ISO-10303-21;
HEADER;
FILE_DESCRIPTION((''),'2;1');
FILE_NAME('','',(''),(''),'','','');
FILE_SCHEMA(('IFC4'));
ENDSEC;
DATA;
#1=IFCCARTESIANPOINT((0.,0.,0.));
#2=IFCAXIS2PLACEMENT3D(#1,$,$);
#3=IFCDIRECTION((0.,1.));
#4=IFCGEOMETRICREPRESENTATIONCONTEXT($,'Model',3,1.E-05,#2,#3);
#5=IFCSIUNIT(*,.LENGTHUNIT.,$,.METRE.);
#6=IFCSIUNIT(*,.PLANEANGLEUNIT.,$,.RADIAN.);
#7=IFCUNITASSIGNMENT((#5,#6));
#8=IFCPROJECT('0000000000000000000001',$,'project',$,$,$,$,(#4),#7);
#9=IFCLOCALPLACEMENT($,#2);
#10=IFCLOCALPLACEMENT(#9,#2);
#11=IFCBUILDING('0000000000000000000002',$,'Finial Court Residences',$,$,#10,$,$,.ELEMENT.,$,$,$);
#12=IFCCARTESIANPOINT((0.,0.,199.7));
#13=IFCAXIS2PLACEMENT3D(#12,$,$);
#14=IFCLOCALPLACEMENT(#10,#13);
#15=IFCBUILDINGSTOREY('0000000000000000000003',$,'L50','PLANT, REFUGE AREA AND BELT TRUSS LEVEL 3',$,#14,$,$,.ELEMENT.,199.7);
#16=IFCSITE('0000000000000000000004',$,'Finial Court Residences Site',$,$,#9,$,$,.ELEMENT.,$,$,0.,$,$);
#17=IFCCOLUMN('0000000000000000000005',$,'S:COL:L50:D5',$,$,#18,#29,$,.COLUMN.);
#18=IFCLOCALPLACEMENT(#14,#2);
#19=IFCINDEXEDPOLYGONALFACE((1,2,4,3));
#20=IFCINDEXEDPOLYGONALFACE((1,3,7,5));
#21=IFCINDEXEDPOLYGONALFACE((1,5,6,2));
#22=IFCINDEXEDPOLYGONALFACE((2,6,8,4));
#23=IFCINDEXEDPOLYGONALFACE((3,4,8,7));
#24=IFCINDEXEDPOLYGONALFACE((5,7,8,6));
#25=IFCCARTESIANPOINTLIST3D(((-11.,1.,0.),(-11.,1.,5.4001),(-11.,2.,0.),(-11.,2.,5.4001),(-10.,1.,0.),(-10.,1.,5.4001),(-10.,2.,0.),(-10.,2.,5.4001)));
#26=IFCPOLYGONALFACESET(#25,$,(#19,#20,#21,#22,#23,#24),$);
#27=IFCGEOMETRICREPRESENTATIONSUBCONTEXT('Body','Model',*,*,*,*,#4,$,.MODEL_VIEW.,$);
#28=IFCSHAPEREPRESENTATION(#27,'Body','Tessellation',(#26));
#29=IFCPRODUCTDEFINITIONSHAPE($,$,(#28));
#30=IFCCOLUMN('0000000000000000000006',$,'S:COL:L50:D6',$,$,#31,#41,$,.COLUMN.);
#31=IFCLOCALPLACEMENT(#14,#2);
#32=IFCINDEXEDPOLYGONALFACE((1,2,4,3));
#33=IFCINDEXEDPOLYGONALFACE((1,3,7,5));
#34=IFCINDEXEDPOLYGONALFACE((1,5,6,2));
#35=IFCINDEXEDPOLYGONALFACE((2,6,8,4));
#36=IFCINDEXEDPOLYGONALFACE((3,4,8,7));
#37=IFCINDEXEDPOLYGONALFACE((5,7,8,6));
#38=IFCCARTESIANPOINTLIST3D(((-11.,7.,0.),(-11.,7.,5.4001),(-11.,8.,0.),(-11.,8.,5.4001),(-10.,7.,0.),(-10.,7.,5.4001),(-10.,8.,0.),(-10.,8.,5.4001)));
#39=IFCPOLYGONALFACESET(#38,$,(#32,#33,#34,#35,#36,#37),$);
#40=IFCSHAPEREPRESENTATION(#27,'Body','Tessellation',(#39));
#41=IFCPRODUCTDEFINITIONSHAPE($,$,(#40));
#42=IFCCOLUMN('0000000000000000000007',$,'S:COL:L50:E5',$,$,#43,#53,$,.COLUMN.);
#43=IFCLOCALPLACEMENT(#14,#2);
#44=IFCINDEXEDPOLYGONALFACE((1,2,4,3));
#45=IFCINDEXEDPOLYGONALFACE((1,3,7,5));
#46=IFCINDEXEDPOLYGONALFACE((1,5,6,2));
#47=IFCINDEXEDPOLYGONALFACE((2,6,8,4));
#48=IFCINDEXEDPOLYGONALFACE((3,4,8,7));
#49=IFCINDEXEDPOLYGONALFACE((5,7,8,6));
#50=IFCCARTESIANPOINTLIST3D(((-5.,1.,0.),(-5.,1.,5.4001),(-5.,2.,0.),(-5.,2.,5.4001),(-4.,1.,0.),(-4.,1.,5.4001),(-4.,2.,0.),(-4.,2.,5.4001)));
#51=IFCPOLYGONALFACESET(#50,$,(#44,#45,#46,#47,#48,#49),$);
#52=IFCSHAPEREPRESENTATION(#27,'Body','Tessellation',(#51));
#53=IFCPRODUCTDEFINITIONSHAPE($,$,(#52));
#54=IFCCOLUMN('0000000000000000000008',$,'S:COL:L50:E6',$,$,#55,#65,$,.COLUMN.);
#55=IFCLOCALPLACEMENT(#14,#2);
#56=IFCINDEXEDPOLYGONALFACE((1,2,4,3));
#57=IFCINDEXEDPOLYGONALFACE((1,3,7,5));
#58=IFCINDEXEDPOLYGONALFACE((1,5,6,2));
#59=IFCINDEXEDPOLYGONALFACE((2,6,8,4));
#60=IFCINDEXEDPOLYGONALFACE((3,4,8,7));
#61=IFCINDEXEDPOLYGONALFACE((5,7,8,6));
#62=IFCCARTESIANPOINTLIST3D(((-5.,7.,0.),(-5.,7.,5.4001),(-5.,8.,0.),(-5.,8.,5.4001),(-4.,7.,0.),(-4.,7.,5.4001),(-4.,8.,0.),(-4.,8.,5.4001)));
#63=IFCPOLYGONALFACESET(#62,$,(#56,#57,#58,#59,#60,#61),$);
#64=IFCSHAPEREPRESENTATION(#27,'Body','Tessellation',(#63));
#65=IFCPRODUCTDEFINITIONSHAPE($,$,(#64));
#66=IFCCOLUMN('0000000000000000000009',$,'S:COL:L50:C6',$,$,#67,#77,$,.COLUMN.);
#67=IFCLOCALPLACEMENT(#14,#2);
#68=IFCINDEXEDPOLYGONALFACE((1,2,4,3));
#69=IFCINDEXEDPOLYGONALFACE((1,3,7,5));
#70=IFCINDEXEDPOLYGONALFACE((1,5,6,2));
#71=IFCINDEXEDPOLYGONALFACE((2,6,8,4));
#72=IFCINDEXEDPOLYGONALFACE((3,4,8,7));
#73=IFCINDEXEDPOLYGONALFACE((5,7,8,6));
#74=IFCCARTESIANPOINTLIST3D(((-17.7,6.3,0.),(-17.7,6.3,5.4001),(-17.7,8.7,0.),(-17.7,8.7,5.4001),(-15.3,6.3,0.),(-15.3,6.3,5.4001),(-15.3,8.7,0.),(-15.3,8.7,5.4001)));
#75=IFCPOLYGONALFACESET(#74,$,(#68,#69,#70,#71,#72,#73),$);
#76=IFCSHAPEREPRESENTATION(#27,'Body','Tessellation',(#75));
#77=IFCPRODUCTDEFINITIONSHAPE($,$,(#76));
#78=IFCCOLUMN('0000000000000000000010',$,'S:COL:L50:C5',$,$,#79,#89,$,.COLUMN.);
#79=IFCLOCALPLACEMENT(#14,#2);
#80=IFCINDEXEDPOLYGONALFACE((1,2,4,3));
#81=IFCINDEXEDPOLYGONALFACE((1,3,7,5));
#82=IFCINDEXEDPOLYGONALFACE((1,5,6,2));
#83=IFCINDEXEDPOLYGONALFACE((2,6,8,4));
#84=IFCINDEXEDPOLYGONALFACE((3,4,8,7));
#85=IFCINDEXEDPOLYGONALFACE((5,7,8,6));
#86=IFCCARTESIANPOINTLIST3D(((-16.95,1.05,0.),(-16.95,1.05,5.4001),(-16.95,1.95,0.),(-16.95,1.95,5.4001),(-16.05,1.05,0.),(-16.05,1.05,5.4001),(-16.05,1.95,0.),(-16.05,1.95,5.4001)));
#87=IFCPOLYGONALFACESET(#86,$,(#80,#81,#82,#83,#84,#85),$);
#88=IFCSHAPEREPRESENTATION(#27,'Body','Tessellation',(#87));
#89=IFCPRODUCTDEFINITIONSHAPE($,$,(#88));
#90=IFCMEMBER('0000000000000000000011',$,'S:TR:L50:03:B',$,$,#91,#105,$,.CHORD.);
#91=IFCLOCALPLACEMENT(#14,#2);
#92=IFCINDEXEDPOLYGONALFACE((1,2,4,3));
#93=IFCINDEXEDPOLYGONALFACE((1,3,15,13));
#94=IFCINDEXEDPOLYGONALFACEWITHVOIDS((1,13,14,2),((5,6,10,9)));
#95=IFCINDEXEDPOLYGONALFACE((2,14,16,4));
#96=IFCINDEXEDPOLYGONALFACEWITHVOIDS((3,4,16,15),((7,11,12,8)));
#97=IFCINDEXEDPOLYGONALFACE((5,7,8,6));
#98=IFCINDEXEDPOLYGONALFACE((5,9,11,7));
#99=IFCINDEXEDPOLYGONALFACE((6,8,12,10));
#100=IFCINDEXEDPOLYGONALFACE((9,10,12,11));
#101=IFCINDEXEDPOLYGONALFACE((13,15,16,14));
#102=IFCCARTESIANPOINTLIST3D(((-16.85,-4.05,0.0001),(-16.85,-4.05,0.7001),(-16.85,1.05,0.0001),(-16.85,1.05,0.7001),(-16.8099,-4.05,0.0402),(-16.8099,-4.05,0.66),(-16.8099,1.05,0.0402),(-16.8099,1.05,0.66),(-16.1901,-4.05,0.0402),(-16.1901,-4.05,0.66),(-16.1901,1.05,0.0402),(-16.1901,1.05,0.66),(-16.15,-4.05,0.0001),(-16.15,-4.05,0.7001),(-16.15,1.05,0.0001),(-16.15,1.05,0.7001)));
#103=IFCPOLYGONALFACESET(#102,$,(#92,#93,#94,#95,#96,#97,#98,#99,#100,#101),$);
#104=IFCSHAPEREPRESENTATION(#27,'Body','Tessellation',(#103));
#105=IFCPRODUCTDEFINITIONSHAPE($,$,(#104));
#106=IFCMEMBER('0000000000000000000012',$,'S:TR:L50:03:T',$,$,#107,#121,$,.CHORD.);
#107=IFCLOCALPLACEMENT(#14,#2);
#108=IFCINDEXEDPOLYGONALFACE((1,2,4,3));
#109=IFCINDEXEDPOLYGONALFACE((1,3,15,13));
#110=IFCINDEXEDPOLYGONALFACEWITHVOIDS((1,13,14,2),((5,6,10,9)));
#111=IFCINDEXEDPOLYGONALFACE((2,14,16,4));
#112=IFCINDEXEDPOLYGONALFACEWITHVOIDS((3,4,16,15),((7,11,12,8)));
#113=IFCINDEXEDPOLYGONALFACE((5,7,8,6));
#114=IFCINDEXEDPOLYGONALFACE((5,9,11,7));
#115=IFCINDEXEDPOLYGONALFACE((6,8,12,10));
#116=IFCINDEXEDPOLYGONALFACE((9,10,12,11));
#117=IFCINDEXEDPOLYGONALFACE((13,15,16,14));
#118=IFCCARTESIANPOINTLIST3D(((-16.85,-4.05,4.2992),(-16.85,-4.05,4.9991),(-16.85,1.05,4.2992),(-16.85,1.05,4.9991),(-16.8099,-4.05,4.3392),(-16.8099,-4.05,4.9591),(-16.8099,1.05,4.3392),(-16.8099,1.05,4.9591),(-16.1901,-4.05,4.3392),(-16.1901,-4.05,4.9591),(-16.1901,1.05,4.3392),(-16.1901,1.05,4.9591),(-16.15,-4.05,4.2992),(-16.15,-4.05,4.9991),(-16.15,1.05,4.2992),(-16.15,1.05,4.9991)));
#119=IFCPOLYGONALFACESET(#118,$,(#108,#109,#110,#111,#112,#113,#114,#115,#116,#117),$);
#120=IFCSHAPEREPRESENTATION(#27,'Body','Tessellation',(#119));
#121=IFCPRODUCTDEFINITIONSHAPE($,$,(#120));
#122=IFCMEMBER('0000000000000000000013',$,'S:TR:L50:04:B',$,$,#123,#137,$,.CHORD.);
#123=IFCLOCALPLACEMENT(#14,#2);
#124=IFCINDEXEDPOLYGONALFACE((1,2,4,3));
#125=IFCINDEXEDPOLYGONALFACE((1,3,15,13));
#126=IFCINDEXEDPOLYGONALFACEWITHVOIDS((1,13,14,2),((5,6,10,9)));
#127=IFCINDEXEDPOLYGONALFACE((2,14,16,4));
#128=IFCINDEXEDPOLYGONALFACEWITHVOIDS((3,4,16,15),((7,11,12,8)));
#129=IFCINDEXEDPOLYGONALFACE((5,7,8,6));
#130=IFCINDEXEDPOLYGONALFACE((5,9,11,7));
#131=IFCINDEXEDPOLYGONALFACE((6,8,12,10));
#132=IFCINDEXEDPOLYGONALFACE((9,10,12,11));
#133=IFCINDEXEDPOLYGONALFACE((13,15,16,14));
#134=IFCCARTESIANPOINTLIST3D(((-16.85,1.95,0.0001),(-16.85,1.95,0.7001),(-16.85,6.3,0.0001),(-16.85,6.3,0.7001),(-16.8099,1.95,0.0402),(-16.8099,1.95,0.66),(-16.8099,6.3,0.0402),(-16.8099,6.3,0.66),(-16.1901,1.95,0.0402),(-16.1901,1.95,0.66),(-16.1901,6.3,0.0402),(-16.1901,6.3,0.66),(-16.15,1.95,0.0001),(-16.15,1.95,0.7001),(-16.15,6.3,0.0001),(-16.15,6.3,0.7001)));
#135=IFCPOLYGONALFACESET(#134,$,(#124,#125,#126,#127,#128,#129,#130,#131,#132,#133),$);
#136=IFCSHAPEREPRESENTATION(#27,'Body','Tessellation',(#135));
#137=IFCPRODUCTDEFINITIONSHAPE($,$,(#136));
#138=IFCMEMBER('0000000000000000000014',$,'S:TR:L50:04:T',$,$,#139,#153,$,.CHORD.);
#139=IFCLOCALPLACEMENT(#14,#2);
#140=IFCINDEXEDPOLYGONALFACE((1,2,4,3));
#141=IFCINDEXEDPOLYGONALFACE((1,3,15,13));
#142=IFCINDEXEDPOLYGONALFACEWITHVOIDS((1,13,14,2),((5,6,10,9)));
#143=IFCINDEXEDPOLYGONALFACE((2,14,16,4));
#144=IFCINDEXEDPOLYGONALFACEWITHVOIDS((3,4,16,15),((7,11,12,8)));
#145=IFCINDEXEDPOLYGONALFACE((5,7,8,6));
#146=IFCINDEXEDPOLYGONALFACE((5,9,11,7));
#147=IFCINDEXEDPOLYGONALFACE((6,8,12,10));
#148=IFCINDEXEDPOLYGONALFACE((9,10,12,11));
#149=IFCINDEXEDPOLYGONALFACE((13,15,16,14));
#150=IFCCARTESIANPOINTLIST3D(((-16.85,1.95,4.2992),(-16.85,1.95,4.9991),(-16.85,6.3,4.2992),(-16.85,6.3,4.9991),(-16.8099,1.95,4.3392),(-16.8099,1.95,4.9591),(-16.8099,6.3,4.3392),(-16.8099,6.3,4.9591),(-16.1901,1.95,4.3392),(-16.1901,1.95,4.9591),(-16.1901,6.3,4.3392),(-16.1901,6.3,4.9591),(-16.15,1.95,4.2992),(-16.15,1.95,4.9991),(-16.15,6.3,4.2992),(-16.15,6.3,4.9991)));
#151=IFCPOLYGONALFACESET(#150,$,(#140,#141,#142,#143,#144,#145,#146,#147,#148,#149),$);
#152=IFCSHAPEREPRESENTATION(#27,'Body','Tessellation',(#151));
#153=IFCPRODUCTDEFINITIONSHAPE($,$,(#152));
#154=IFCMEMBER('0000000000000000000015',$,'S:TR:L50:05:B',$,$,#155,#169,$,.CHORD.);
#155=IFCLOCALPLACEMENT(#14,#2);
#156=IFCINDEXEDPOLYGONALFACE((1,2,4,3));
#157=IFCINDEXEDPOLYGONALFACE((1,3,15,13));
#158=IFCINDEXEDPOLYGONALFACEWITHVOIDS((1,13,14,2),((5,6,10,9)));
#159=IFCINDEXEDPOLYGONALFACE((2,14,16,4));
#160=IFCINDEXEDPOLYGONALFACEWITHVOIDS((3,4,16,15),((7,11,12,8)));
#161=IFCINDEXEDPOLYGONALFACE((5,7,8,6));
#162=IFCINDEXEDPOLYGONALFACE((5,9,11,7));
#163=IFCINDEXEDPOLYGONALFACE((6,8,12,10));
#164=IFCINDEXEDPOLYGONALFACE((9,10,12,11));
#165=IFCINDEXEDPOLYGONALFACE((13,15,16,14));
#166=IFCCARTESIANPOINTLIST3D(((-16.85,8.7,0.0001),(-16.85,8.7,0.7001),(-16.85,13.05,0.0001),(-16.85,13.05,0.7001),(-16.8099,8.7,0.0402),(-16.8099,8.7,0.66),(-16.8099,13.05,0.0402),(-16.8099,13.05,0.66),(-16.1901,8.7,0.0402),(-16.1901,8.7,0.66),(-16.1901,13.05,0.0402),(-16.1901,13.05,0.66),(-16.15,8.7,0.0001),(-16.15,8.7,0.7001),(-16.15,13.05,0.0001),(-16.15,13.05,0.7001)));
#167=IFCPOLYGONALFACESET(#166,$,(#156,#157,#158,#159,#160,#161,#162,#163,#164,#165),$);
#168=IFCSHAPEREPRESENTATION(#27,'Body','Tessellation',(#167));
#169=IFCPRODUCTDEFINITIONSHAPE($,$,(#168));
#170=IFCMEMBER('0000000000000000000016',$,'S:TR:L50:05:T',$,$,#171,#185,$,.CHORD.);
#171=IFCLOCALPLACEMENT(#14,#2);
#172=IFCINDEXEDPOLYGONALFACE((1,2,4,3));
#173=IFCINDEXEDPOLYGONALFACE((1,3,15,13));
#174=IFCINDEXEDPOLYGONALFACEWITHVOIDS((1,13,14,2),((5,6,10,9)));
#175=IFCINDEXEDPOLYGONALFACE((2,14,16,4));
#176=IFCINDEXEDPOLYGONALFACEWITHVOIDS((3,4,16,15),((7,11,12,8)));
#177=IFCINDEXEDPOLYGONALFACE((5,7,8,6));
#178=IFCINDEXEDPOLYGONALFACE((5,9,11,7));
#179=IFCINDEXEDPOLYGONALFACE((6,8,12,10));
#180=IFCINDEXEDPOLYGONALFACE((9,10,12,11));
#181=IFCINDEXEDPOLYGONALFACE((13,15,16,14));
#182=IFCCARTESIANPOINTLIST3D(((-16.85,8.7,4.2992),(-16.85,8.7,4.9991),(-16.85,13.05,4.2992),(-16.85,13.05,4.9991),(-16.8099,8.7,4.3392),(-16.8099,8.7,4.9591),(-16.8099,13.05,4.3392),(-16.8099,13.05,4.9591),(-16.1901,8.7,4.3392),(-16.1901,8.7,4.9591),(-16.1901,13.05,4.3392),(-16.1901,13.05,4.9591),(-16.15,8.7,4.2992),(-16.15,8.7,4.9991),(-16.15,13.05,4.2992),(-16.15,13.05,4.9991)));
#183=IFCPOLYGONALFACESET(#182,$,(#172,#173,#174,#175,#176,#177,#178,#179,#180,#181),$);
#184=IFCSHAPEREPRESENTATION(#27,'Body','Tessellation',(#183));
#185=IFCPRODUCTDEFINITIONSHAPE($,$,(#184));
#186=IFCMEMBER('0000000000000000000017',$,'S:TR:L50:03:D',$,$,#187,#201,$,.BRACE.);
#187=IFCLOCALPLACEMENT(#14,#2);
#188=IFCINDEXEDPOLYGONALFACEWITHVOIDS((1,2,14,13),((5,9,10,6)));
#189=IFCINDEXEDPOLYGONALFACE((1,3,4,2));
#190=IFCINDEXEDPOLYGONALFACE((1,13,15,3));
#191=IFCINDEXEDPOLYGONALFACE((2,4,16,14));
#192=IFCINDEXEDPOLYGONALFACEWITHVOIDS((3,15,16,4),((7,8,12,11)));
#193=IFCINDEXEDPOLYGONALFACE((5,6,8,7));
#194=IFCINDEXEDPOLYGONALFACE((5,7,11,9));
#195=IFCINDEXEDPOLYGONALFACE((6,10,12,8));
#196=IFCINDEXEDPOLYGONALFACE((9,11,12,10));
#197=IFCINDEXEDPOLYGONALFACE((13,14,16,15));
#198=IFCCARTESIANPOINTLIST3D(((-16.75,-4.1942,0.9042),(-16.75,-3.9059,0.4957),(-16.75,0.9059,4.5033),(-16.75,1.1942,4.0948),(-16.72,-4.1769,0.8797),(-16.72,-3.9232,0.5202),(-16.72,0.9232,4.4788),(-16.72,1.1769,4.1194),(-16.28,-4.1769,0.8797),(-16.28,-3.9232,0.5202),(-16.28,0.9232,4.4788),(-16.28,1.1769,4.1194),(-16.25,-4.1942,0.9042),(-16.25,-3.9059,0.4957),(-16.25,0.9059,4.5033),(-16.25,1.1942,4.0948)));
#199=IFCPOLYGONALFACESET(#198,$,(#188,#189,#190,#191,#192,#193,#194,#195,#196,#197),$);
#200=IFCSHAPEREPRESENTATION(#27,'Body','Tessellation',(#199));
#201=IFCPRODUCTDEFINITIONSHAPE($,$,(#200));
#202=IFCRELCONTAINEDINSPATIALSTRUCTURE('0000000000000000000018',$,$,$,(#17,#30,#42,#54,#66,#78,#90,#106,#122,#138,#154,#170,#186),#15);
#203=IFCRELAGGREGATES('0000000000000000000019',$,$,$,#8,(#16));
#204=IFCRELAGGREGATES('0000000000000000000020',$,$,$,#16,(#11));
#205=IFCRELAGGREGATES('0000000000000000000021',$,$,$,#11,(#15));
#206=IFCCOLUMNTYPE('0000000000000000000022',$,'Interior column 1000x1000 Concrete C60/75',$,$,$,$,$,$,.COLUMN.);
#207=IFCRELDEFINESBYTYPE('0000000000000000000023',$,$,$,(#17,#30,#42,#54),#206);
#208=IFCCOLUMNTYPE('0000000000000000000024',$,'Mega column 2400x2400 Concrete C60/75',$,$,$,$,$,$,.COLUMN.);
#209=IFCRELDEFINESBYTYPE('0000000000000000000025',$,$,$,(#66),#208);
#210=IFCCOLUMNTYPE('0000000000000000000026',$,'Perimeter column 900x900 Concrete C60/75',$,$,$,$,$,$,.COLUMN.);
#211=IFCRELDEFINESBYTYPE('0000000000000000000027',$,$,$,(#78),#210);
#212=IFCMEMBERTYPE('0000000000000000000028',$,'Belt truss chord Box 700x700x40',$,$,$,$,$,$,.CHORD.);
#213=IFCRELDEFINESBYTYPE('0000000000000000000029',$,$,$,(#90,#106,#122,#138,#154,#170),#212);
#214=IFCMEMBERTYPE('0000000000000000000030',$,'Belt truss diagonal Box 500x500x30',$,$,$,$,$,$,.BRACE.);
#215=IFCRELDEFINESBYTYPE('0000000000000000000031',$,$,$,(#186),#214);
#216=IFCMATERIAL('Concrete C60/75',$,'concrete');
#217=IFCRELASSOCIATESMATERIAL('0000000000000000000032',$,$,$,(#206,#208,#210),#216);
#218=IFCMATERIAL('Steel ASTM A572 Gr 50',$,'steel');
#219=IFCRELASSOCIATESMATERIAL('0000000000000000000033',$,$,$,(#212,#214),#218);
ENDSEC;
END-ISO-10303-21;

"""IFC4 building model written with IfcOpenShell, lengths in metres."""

from ifc_helpers import new_model, si_unit, direction, frame, origin, origin_2d, place, context, subcontext, project, spatial, rectangle, hollow_rectangle, extrude, material, material_profile, profile_set, type_object, element, save


model = new_model("IFC4")

# Units and contexts
model_context = context("Model", 3, precision=1e-05, world=origin(), true_north=direction((0.0, 1.0)))
body_context = subcontext(model_context, "Body", "Model", "MODEL_VIEW")
ifc_project = project(units=[si_unit("LENGTHUNIT", "METRE"), si_unit("PLANEANGLEUNIT", "RADIAN")], contexts=[model_context])

# Site, building, storey
site_placement = place(None, origin())
site = spatial("IfcSite", under=ifc_project, at=site_placement, Name="Finial Court Residences Site", CompositionType="ELEMENT", RefElevation=0.0)
building_placement = place(site_placement, origin())
building = spatial("IfcBuilding", under=site, at=building_placement, Name="Finial Court Residences", CompositionType="ELEMENT")
storey_placement = place(building_placement, frame((0.0, 0.0, 199.7)))
storey = spatial("IfcBuildingStorey", under=building, at=storey_placement, Name="L50", Description="PLANT, REFUGE AREA AND BELT TRUSS LEVEL 3", CompositionType="ELEMENT", Elevation=199.7)

# Columns
ifc_material_1 = material(Name="Concrete C60/75", Category="concrete")
ifc_material_profile_1 = material_profile(ifc_material_1, rectangle(XDim=1.0, YDim=1.0, at=origin_2d()), Name="1000x1000")
ifc_profile_set_1 = profile_set([ifc_material_profile_1], Name="Concrete C60/75")
column_type_1 = type_object("IfcColumnType", Name="Interior column 1000x1000 Concrete C60/75", PredefinedType="COLUMN", material=ifc_profile_set_1)
for number, where, z_axis, x_axis, name in (
    (1, (-10.5, 1.5, 0.0), (0.0, 0.0, 1.0), (1.0, 0.0, 0.0), "S:COL:L50:D5"),
    (2, (-10.5, 7.5, 0.0), (0.0, 0.0, 1.0), (1.0, 0.0, 0.0), "S:COL:L50:D6"),
    (3, (-4.5, 1.5, 0.0), (0.0, 0.0, 1.0), (1.0, 0.0, 0.0), "S:COL:L50:E5"),
    (4, (-4.5, 7.5, 0.0), (0.0, 0.0, 1.0), (1.0, 0.0, 0.0), "S:COL:L50:E6"),
):
    element("IfcColumn", number, at=place(storey_placement, frame(where, z_axis=z_axis, x_axis=x_axis)), inside=storey, type_object=column_type_1, Name=name, PredefinedType="COLUMN", context=body_context, shape_type="SweptSolid", body=[
        extrude(rectangle(XDim=1.0, YDim=1.0, at=origin_2d()), origin(), (0.0, 0.0, 1.0), 5.4001),
    ])
ifc_material_profile_2 = material_profile(ifc_material_1, rectangle(XDim=2.3999, YDim=2.3999, at=origin_2d()), Name="2400x2400")
ifc_profile_set_2 = profile_set([ifc_material_profile_2], Name="Concrete C60/75")
column_type_2 = type_object("IfcColumnType", Name="Mega column 2400x2400 Concrete C60/75", PredefinedType="COLUMN", material=ifc_profile_set_2)
column_1_placement = place(storey_placement, frame((-16.5, 7.5, 0.0), z_axis=(0.0, 0.0, 1.0), x_axis=(1.0, 0.0, 0.0)))
element("IfcColumn", 5, at=column_1_placement, inside=storey, type_object=column_type_2, Name="S:COL:L50:C6", PredefinedType="COLUMN", context=body_context, shape_type="SweptSolid", body=[
    extrude(rectangle(XDim=2.3999, YDim=2.3999, at=origin_2d()), origin(), (0.0, 0.0, 1.0), 5.4001),
])
ifc_material_profile_3 = material_profile(ifc_material_1, rectangle(XDim=0.8999, YDim=0.8999, at=origin_2d()), Name="900x900")
ifc_profile_set_3 = profile_set([ifc_material_profile_3], Name="Concrete C60/75")
column_type_3 = type_object("IfcColumnType", Name="Perimeter column 900x900 Concrete C60/75", PredefinedType="COLUMN", material=ifc_profile_set_3)
column_2_placement = place(storey_placement, frame((-16.5, 1.5, 0.0), z_axis=(0.0, 0.0, 1.0), x_axis=(1.0, 0.0, 0.0)))
element("IfcColumn", 6, at=column_2_placement, inside=storey, type_object=column_type_3, Name="S:COL:L50:C5", PredefinedType="COLUMN", context=body_context, shape_type="SweptSolid", body=[
    extrude(rectangle(XDim=0.8999, YDim=0.8999, at=origin_2d()), origin(), (0.0, 0.0, 1.0), 5.4001),
])

# Members
ifc_material_2 = material(Name="Steel ASTM A572 Gr 50", Category="steel")
ifc_material_profile_4 = material_profile(ifc_material_2, hollow_rectangle(XDim=0.7, YDim=0.7, WallThickness=0.04, at=origin_2d()), Name="Box 700x700x40")
ifc_profile_set_4 = profile_set([ifc_material_profile_4], Name="Steel ASTM A572 Gr 50")
member_type_1 = type_object("IfcMemberType", Name="Belt truss chord Box 700x700x40", PredefinedType="CHORD", material=ifc_profile_set_4)
for number, where, z_axis, x_axis, name in (
    (7, (-16.5, -4.05, 0.3501), (0.0, 1.0, 0.0), (-1.0, 0.0, 0.0), "S:TR:L50:03:B"),
    (8, (-16.5, -4.05, 4.6492), (0.0, 1.0, 0.0), (-1.0, 0.0, 0.0), "S:TR:L50:03:T"),
):
    element("IfcMember", number, at=place(storey_placement, frame(where, z_axis=z_axis, x_axis=x_axis)), inside=storey, type_object=member_type_1, Name=name, PredefinedType="CHORD", context=body_context, shape_type="SweptSolid", body=[
        extrude(hollow_rectangle(XDim=0.7, YDim=0.7, WallThickness=0.04, at=origin_2d()), origin(), (0.0, 0.0, 1.0), 5.1001),
    ])
for number, where, z_axis, x_axis, name in (
    (9, (-16.5, 1.95, 0.3501), (0.0, 1.0, 0.0), (-1.0, 0.0, 0.0), "S:TR:L50:04:B"),
    (10, (-16.5, 1.95, 4.6492), (0.0, 1.0, 0.0), (-1.0, 0.0, 0.0), "S:TR:L50:04:T"),
    (11, (-16.5, 8.7, 0.3501), (0.0, 1.0, 0.0), (-1.0, 0.0, 0.0), "S:TR:L50:05:B"),
    (12, (-16.5, 8.7, 4.6492), (0.0, 1.0, 0.0), (-1.0, 0.0, 0.0), "S:TR:L50:05:T"),
):
    element("IfcMember", number, at=place(storey_placement, frame(where, z_axis=z_axis, x_axis=x_axis)), inside=storey, type_object=member_type_1, Name=name, PredefinedType="CHORD", context=body_context, shape_type="SweptSolid", body=[
        extrude(hollow_rectangle(XDim=0.7, YDim=0.7, WallThickness=0.04, at=origin_2d()), origin(), (0.0, 0.0, 1.0), 4.3501),
    ])
ifc_material_profile_5 = material_profile(ifc_material_2, hollow_rectangle(XDim=0.5, YDim=0.5, WallThickness=0.03, at=origin_2d()), Name="Box 500x500x30")
ifc_profile_set_5 = profile_set([ifc_material_profile_5], Name="Steel ASTM A572 Gr 50")
member_type_2 = type_object("IfcMemberType", Name="Belt truss diagonal Box 500x500x30", PredefinedType="BRACE", material=ifc_profile_set_5)
member_placement = place(storey_placement, frame((-16.5, -4.05, 0.7), z_axis=(0.0, 0.817039, 0.576582), x_axis=(-1.0, 0.0, 0.0)))
element("IfcMember", 13, at=member_placement, inside=storey, type_object=member_type_2, Name="S:TR:L50:03:D", PredefinedType="BRACE", context=body_context, shape_type="SweptSolid", body=[
    extrude(hollow_rectangle(XDim=0.5, YDim=0.5, WallThickness=0.03, at=origin_2d()), origin(), (0.0, 0.0, 1.0), 6.2422),
])

save(model, "model.ifc")
